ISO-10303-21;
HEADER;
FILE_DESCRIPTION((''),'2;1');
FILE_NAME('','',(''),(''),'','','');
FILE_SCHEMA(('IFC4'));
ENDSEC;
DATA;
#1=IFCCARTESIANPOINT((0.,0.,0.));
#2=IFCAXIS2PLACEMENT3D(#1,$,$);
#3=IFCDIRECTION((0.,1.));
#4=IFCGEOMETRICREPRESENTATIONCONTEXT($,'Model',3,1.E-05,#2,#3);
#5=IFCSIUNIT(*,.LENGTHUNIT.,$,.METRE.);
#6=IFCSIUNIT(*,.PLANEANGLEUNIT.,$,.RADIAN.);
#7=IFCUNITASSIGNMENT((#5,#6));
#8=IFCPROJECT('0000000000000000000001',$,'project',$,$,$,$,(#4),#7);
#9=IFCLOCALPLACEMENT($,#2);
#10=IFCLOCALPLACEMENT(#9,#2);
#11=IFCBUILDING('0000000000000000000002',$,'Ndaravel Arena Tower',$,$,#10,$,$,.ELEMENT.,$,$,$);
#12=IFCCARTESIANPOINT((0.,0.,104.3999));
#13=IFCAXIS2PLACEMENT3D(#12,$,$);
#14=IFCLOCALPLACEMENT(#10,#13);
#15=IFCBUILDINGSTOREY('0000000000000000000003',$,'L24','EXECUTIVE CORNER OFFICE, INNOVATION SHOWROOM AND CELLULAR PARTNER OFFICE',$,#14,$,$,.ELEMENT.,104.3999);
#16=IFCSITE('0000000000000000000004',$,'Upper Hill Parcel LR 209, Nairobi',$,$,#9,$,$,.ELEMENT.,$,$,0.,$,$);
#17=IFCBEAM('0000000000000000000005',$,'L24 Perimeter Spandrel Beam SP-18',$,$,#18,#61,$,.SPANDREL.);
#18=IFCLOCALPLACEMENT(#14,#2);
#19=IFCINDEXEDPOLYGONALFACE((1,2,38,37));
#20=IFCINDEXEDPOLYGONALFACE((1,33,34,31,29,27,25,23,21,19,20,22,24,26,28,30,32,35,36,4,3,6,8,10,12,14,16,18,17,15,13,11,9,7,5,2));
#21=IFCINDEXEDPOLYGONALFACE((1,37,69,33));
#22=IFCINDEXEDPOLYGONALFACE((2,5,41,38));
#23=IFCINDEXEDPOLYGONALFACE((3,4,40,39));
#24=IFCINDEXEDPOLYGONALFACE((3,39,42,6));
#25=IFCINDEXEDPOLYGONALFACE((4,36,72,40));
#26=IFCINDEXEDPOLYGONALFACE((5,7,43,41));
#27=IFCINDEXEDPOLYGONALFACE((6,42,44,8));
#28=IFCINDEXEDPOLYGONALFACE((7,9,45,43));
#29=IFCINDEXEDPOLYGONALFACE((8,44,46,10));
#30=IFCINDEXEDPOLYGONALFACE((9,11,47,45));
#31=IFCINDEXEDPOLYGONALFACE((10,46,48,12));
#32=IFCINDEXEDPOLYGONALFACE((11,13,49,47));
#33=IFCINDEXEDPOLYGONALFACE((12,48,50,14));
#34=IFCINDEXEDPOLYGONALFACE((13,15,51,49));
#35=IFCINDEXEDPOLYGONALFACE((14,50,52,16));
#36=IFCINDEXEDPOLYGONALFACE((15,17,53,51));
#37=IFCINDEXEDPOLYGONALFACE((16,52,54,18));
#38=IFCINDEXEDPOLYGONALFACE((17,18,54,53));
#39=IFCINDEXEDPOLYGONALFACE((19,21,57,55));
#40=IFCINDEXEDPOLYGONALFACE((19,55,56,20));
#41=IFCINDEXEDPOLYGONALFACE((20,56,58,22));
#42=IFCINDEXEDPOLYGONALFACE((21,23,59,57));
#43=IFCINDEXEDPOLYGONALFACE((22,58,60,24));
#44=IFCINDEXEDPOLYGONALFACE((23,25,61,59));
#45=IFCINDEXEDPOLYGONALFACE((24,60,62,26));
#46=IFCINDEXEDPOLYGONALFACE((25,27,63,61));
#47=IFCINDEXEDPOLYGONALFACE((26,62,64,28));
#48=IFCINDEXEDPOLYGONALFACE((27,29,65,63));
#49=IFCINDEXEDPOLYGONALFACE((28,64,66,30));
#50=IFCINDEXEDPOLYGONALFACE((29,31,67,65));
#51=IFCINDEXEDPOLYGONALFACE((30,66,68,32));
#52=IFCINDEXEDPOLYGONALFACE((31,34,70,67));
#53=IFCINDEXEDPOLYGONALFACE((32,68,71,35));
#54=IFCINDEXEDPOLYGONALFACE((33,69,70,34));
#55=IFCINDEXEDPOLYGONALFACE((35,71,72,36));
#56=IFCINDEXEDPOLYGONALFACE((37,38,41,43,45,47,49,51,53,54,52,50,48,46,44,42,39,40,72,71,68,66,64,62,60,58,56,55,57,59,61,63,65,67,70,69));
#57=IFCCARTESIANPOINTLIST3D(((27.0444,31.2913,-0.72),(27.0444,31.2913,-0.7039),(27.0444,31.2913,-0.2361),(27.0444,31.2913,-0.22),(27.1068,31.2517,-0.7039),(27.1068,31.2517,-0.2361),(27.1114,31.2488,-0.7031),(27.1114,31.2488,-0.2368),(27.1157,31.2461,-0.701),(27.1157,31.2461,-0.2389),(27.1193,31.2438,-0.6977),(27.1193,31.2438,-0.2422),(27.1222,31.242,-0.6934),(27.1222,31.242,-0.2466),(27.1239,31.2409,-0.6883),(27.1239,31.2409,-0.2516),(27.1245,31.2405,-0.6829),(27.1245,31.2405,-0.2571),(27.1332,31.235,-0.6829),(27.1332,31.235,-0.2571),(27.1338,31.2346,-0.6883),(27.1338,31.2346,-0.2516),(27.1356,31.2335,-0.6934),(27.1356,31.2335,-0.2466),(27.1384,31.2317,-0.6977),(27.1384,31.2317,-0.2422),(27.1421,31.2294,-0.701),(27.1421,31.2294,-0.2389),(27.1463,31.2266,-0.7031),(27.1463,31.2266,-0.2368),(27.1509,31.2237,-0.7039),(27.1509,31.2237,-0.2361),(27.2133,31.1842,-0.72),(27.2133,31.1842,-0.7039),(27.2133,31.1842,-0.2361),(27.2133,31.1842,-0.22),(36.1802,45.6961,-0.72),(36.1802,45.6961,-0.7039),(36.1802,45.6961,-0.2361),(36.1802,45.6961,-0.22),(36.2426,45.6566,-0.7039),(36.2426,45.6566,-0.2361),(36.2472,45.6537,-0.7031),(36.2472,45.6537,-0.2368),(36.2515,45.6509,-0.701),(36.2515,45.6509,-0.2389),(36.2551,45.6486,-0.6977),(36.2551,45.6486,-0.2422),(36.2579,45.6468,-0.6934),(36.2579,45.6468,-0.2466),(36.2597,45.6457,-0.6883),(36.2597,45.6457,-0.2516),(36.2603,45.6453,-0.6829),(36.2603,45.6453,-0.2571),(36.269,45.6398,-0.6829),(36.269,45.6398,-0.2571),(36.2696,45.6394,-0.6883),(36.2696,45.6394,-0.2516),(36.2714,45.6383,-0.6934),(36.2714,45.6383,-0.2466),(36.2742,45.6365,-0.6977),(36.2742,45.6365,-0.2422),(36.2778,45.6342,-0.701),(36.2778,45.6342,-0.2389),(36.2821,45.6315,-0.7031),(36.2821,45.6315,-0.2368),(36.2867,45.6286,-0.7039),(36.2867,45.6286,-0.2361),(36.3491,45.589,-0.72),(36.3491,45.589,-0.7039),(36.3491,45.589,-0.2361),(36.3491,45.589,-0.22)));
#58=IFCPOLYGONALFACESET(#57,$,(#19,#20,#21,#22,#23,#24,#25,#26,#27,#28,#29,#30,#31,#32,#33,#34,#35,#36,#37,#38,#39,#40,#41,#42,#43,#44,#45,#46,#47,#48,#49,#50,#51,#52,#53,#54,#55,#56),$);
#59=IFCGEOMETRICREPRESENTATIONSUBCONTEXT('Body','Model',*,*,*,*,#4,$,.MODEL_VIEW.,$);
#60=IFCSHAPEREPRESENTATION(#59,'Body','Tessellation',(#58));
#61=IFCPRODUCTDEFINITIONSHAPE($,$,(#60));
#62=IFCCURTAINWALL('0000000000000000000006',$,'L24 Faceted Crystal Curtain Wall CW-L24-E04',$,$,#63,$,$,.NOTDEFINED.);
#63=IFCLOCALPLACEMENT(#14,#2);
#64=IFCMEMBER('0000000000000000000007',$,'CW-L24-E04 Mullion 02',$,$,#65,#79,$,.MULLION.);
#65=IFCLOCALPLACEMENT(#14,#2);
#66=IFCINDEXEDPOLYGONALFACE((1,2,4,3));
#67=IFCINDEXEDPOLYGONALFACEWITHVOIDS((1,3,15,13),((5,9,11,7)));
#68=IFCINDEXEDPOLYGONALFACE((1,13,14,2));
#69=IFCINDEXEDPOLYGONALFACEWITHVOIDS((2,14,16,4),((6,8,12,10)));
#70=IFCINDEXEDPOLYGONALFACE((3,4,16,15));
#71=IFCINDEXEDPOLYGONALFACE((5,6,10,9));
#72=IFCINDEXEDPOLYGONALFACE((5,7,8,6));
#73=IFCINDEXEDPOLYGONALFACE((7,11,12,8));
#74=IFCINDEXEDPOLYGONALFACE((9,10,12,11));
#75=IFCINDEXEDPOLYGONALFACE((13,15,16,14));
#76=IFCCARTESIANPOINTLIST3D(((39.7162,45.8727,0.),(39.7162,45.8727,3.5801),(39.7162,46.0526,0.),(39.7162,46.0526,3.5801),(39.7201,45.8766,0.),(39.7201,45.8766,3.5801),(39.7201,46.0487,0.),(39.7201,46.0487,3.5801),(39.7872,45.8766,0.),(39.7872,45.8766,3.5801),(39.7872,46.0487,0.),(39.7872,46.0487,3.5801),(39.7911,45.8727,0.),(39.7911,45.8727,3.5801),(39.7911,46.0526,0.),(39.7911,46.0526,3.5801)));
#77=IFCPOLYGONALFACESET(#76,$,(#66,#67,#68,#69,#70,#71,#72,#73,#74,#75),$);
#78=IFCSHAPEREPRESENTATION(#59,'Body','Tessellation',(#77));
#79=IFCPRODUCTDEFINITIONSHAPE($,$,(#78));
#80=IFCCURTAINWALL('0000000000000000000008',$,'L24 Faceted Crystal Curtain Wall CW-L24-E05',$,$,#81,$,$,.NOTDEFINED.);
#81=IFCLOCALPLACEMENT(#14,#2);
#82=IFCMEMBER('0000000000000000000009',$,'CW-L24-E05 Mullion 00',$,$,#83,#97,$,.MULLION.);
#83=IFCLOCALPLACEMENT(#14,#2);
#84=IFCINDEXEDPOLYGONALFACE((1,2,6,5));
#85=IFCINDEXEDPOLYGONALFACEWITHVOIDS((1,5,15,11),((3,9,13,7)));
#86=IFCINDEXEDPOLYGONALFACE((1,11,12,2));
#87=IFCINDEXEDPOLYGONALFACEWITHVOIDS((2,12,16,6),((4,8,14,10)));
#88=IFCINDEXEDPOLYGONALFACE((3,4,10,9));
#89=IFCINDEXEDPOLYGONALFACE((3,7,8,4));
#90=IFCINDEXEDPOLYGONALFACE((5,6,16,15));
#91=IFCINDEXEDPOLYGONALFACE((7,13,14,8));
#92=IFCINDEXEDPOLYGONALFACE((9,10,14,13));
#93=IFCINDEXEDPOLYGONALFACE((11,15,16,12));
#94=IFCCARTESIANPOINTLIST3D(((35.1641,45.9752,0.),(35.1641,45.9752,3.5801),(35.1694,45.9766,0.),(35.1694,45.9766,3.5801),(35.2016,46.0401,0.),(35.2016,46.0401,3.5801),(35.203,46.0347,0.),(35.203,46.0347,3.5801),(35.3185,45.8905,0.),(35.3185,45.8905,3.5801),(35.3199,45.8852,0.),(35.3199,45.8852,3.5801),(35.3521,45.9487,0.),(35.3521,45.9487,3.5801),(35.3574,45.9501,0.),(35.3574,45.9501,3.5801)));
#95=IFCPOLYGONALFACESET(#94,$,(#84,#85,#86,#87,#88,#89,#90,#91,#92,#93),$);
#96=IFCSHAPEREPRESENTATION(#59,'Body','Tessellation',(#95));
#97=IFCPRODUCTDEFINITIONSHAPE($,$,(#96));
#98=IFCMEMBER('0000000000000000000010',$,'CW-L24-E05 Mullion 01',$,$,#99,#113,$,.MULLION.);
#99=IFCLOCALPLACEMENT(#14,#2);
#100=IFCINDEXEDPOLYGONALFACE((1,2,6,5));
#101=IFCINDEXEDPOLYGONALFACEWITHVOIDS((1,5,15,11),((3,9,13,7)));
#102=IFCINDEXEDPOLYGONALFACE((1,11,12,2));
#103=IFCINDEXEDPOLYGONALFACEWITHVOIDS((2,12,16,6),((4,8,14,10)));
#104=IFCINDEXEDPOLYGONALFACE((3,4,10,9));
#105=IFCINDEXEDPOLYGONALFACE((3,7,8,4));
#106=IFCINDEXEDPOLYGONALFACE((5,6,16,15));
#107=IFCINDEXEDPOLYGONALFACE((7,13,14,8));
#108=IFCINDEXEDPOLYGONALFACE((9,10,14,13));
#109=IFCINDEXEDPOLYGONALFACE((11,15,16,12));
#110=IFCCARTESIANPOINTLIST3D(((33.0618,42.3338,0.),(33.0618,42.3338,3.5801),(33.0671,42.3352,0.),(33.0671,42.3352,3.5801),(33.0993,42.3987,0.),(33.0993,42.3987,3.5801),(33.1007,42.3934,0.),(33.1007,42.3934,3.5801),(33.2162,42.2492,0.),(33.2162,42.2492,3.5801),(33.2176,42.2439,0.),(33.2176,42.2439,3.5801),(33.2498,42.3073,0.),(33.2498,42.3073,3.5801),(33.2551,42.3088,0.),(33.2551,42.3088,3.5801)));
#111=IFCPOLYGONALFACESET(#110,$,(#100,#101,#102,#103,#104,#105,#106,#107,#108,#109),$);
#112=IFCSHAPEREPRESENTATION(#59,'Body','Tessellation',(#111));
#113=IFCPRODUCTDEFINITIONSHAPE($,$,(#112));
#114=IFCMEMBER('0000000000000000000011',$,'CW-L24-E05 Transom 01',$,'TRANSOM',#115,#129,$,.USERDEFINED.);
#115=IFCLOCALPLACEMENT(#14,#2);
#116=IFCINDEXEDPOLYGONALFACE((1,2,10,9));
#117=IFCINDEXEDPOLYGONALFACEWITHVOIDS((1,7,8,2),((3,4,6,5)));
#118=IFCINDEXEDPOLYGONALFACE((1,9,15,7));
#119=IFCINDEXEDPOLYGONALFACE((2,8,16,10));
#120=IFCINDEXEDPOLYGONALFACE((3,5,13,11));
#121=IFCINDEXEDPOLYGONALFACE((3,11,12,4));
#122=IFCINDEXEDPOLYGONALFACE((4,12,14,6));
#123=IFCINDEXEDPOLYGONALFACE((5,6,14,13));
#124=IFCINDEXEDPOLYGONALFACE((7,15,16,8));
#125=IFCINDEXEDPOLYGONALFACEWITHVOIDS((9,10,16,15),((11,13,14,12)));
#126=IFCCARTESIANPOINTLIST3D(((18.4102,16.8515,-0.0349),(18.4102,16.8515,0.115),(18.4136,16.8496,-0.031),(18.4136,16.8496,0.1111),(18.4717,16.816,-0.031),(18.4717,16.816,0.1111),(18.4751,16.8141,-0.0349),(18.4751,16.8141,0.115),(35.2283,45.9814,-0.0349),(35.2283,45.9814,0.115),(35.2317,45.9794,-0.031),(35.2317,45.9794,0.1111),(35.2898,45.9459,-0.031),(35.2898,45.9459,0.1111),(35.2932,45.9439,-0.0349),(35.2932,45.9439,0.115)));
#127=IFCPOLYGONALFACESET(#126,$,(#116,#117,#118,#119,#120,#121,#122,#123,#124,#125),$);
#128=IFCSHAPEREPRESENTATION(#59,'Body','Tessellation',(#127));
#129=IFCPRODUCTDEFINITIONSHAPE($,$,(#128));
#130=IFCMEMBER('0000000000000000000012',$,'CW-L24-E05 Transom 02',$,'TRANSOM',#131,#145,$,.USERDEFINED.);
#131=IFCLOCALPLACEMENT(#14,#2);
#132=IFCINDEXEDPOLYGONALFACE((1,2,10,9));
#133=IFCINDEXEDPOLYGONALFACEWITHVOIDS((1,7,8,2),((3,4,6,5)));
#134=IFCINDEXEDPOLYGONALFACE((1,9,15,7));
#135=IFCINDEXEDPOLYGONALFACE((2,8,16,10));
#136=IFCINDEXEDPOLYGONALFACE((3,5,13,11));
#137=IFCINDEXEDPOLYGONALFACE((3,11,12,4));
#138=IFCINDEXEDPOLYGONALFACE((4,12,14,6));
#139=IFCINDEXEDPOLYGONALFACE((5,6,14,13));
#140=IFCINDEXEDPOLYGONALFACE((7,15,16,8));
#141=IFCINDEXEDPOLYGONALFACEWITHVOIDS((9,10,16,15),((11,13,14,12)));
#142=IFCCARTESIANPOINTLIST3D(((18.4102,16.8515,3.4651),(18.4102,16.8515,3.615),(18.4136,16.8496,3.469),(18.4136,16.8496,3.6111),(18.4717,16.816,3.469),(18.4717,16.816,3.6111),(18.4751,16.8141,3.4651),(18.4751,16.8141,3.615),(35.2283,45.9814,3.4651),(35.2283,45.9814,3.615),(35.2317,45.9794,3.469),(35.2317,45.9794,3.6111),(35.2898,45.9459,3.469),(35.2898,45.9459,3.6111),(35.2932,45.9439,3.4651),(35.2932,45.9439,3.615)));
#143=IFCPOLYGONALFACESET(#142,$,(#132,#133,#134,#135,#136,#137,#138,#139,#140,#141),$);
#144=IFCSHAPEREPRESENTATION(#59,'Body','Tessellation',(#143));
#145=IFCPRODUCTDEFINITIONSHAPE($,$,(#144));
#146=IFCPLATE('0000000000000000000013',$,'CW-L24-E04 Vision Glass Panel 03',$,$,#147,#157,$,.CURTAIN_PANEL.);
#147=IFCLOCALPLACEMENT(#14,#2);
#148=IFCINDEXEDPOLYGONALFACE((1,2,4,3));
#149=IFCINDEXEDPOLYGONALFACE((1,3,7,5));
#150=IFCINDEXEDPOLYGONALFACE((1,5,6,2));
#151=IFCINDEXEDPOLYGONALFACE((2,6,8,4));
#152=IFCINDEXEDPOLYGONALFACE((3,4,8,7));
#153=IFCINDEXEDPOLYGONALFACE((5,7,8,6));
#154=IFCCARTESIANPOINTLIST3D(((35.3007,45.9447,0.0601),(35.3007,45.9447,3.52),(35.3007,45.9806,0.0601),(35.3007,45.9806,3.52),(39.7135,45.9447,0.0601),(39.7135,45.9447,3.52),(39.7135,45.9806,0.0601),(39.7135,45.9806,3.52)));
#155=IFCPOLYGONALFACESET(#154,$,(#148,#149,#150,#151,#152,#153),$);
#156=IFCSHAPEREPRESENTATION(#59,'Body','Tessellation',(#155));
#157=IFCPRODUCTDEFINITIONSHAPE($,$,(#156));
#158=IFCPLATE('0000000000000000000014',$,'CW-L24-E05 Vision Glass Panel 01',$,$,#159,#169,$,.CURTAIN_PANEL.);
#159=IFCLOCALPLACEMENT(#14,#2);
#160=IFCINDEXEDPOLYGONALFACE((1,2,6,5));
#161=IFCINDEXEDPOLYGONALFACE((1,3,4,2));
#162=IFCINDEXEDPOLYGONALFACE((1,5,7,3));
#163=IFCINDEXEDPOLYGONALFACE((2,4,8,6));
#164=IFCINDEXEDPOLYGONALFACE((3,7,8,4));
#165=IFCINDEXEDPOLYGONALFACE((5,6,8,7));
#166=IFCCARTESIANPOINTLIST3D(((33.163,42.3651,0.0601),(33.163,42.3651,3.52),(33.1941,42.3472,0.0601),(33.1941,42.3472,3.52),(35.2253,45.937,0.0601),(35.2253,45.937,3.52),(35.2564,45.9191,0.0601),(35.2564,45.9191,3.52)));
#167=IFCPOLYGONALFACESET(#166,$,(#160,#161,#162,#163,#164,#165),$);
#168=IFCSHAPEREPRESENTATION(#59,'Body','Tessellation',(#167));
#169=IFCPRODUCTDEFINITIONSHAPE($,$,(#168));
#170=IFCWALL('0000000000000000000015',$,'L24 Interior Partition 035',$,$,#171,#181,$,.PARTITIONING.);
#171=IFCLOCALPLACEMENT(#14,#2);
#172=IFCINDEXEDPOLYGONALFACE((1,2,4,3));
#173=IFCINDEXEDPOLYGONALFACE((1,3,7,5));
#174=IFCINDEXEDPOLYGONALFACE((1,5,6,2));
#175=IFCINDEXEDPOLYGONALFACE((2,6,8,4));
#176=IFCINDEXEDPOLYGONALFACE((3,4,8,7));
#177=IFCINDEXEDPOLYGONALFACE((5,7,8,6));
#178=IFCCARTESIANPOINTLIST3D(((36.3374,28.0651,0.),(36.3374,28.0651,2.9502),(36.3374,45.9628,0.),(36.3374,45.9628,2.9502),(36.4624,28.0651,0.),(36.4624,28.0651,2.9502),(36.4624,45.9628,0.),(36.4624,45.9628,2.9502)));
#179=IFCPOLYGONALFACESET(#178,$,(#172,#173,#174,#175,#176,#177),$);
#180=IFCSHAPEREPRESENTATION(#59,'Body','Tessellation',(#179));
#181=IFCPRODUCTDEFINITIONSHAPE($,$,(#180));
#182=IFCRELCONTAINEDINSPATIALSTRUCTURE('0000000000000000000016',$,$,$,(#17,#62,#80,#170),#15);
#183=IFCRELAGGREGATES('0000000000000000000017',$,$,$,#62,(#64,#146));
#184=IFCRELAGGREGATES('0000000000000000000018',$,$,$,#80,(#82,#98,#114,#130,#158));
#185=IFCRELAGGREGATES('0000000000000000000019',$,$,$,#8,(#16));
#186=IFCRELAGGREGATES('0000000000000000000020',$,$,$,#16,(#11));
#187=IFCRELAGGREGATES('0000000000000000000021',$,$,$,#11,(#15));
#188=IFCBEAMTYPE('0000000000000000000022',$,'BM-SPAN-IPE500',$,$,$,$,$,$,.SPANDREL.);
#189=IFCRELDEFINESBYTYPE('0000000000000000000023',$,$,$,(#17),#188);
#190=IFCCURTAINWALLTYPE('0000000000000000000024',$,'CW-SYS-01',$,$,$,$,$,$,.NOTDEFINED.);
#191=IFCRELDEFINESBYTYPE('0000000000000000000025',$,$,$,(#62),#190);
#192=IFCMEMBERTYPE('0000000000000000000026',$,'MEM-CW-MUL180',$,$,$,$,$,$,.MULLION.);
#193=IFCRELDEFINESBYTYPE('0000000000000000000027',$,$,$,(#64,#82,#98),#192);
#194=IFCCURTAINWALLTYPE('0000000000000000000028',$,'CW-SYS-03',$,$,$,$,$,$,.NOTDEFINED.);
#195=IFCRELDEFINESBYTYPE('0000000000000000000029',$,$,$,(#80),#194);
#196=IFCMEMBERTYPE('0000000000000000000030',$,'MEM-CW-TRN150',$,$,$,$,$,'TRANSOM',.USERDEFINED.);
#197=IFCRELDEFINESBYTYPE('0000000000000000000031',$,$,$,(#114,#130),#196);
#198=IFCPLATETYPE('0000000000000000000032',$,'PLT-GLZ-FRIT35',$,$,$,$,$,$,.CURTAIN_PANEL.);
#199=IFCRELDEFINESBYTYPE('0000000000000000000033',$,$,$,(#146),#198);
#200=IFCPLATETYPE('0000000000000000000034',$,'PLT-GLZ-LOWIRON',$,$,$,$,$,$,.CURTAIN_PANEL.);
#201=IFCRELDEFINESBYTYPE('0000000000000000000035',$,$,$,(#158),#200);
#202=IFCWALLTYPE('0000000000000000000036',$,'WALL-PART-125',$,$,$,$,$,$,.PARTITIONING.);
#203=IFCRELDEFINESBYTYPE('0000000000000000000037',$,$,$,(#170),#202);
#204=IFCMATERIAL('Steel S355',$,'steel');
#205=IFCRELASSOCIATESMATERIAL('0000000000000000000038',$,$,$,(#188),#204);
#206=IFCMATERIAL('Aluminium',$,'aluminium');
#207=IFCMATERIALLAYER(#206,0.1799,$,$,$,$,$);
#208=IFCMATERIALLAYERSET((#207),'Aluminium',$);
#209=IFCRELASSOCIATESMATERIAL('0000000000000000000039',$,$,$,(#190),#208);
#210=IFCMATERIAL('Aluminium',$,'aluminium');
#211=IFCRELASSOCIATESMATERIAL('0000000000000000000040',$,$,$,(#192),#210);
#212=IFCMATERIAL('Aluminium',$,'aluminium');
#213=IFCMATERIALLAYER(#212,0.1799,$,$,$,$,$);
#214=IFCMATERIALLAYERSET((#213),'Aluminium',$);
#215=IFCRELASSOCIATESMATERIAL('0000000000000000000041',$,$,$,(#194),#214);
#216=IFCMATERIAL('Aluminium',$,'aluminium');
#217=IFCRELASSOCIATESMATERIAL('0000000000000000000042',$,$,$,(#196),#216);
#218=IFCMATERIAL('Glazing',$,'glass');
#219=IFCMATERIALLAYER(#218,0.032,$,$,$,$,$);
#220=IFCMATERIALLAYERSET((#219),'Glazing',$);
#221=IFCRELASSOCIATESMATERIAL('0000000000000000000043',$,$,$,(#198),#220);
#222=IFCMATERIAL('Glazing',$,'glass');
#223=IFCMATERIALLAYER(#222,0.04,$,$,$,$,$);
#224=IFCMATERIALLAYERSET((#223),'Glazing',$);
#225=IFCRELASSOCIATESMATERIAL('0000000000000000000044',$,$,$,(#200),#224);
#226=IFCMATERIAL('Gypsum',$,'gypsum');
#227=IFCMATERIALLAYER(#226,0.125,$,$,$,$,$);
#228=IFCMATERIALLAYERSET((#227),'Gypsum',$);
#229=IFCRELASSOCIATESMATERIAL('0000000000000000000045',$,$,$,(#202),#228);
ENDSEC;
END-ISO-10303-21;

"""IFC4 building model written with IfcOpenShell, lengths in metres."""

from ifc_helpers import new_model, si_unit, direction, frame, frame_2d, origin, origin_2d, place, context, subcontext, project, spatial, rectangle, hollow_rectangle, i_section, extrude, material, layer, layer_set, material_profile, profile_set, type_object, element, aggregate, save


model = new_model("IFC4")

# Units and contexts
model_context = context("Model", 3, precision=1e-05, world=origin(), true_north=direction((0.0, 1.0)))
body_context = subcontext(model_context, "Body", "Model", "MODEL_VIEW")
ifc_project = project(units=[si_unit("LENGTHUNIT", "METRE"), si_unit("PLANEANGLEUNIT", "RADIAN")], contexts=[model_context])

# Site, building, storey
site_placement = place(None, origin())
site = spatial("IfcSite", under=ifc_project, at=site_placement, Name="Upper Hill Parcel LR 209, Nairobi", CompositionType="ELEMENT", RefElevation=0.0)
building_placement = place(site_placement, origin())
building = spatial("IfcBuilding", under=site, at=building_placement, Name="Ndaravel Arena Tower", CompositionType="ELEMENT")
storey_placement = place(building_placement, frame((0.0, 0.0, 104.3999)))
storey = spatial("IfcBuildingStorey", under=building, at=storey_placement, Name="L24", Description="EXECUTIVE CORNER OFFICE, INNOVATION SHOWROOM AND CELLULAR PARTNER OFFICE", CompositionType="ELEMENT", Elevation=104.3999)

# Beam
ifc_material_1 = material(Name="Steel S355", Category="steel")
ifc_material_profile_1 = material_profile(ifc_material_1, i_section(OverallWidth=0.2, OverallDepth=0.5, WebThickness=0.0103, FlangeThickness=0.0161, FilletRadius=0.021, at=origin_2d()), Name="IPE 500")
ifc_profile_set_1 = profile_set([ifc_material_profile_1], Name="Steel S355")
beam_type_1 = type_object("IfcBeamType", Name="BM-SPAN-IPE500", PredefinedType="SPANDREL", material=ifc_profile_set_1)
beam_1_placement = place(storey_placement, frame((36.2646, 45.6426, -0.47), z_axis=(-0.535584, -0.844482, 0.0), x_axis=(0.844482, -0.535584, 0.0)))
element("IfcBeam", 1, at=beam_1_placement, inside=storey, type_object=beam_type_1, Name="L24 Perimeter Spandrel Beam SP-18", PredefinedType="SPANDREL", context=body_context, shape_type="SweptSolid", body=[
    extrude(i_section(OverallWidth=0.2, OverallDepth=0.5, WebThickness=0.0103, FlangeThickness=0.0161, FilletRadius=0.021, at=origin_2d()), origin(), (0.0, 0.0, 1.0), 17.0576),
])

# Curtain wall, member
ifc_material_2 = material(Name="Aluminium", Category="aluminium")
ifc_layer_1 = layer(ifc_material_2, 0.1799)
ifc_layer_set_1 = layer_set([ifc_layer_1], Name="Aluminium")
curtain_wall_type_1 = type_object("IfcCurtainWallType", Name="CW-SYS-01", PredefinedType="NOTDEFINED", material=ifc_layer_set_1)
curtain_wall_1_placement = place(storey_placement, origin())
curtain_wall_1 = element("IfcCurtainWall", 2, at=curtain_wall_1_placement, inside=storey, type_object=curtain_wall_type_1, Name="L24 Faceted Crystal Curtain Wall CW-L24-E04", PredefinedType="NOTDEFINED")
ifc_material_3 = material(Name="Aluminium", Category="aluminium")
ifc_material_profile_2 = material_profile(ifc_material_3, hollow_rectangle(XDim=0.075, YDim=0.1799, WallThickness=0.0039, at=origin_2d()), Name="CW MULLION 75x180x4")
ifc_profile_set_2 = profile_set([ifc_material_profile_2], Name="Aluminium")
member_type_1 = type_object("IfcMemberType", Name="MEM-CW-MUL180", PredefinedType="MULLION", material=ifc_profile_set_2)
member_1_placement = place(storey_placement, frame((39.7537, 45.9626, 0.0), z_axis=(0.0, 0.0, 1.0), x_axis=(-1.0, 0.0, 0.0)))
member_1 = element("IfcMember", 3, at=member_1_placement, type_object=member_type_1, Name="CW-L24-E04 Mullion 02", PredefinedType="MULLION", context=body_context, shape_type="SweptSolid", body=[
    extrude(hollow_rectangle(XDim=0.075, YDim=0.1799, WallThickness=0.0039, at=origin_2d()), origin(), (0.0, 0.0, 1.0), 3.5801),
])

# Curtain wall, members
ifc_material_4 = material(Name="Aluminium", Category="aluminium")
ifc_layer_2 = layer(ifc_material_4, 0.1799)
ifc_layer_set_2 = layer_set([ifc_layer_2], Name="Aluminium")
curtain_wall_type_2 = type_object("IfcCurtainWallType", Name="CW-SYS-03", PredefinedType="NOTDEFINED", material=ifc_layer_set_2)
curtain_wall_2_placement = place(storey_placement, origin())
curtain_wall_2 = element("IfcCurtainWall", 4, at=curtain_wall_2_placement, inside=storey, type_object=curtain_wall_type_2, Name="L24 Faceted Crystal Curtain Wall CW-L24-E05", PredefinedType="NOTDEFINED")
member_2_placement = place(storey_placement, frame((35.2607, 45.9626, 0.0), z_axis=(0.0, 0.0, 1.0), x_axis=(-0.5, -0.866025, 0.0)))
member_2 = element("IfcMember", 5, at=member_2_placement, type_object=member_type_1, Name="CW-L24-E05 Mullion 00", PredefinedType="MULLION", context=body_context, shape_type="SweptSolid", body=[
    extrude(hollow_rectangle(XDim=0.075, YDim=0.1799, WallThickness=0.0039, at=origin_2d()), origin(), (0.0, 0.0, 1.0), 3.5801),
])
member_3_placement = place(storey_placement, frame((33.1584, 42.3213, 0.0), z_axis=(0.0, 0.0, 1.0), x_axis=(-0.5, -0.866025, 0.0)))
member_3 = element("IfcMember", 6, at=member_3_placement, type_object=member_type_1, Name="CW-L24-E05 Mullion 01", PredefinedType="MULLION", context=body_context, shape_type="SweptSolid", body=[
    extrude(hollow_rectangle(XDim=0.075, YDim=0.1799, WallThickness=0.0039, at=origin_2d()), origin(), (0.0, 0.0, 1.0), 3.5801),
])
ifc_material_5 = material(Name="Aluminium", Category="aluminium")
ifc_material_profile_3 = material_profile(ifc_material_5, hollow_rectangle(XDim=0.075, YDim=0.1499, WallThickness=0.0039, at=origin_2d()), Name="CW TRANSOM 75x150x4")
ifc_profile_set_3 = profile_set([ifc_material_profile_3], Name="Aluminium")
member_type_2 = type_object("IfcMemberType", Name="MEM-CW-TRN150", ElementType="TRANSOM", PredefinedType="USERDEFINED", material=ifc_profile_set_3)
member_4_placement = place(storey_placement, frame((35.2607, 45.9626, 0.04), z_axis=(-0.499999, -0.866026, 0.0), x_axis=(0.866026, -0.499999, 0.0)))
member_4 = element("IfcMember", 7, at=member_4_placement, type_object=member_type_2, Name="CW-L24-E05 Transom 01", ObjectType="TRANSOM", PredefinedType="USERDEFINED", context=body_context, shape_type="SweptSolid", body=[
    extrude(hollow_rectangle(XDim=0.075, YDim=0.1499, WallThickness=0.0039, at=origin_2d()), origin(), (0.0, 0.0, 1.0), 33.6362),
])
member_5_placement = place(storey_placement, frame((35.2607, 45.9626, 3.54), z_axis=(-0.499999, -0.866026, 0.0), x_axis=(0.866026, -0.499999, 0.0)))
member_5 = element("IfcMember", 8, at=member_5_placement, type_object=member_type_2, Name="CW-L24-E05 Transom 02", ObjectType="TRANSOM", PredefinedType="USERDEFINED", context=body_context, shape_type="SweptSolid", body=[
    extrude(hollow_rectangle(XDim=0.075, YDim=0.1499, WallThickness=0.0039, at=origin_2d()), origin(), (0.0, 0.0, 1.0), 33.6362),
])

# Plates
ifc_material_6 = material(Name="Glazing", Category="glass")
ifc_layer_3 = layer(ifc_material_6, 0.032)
ifc_layer_set_3 = layer_set([ifc_layer_3], Name="Glazing")
plate_type_1 = type_object("IfcPlateType", Name="PLT-GLZ-FRIT35", PredefinedType="CURTAIN_PANEL", material=ifc_layer_set_3)
plate_1_placement = place(storey_placement, frame((37.5071, 45.9626, 0.0601), z_axis=(0.0, 0.0, 1.0), x_axis=(-1.0, 0.0, 0.0)))
plate_1 = element("IfcPlate", 9, at=plate_1_placement, type_object=plate_type_1, Name="CW-L24-E04 Vision Glass Panel 03", PredefinedType="CURTAIN_PANEL", context=body_context, shape_type="SweptSolid", body=[
    extrude(rectangle(XDim=4.4128, YDim=0.0359, at=origin_2d()), origin(), (0.0, 0.0, 1.0), 3.46),
])
aggregate(curtain_wall_1, [member_1, plate_1])
ifc_material_7 = material(Name="Glazing", Category="glass")
ifc_layer_4 = layer(ifc_material_7, 0.04)
ifc_layer_set_4 = layer_set([ifc_layer_4], Name="Glazing")
plate_type_2 = type_object("IfcPlateType", Name="PLT-GLZ-LOWIRON", PredefinedType="CURTAIN_PANEL", material=ifc_layer_set_4)
plate_2_placement = place(storey_placement, frame((34.2097, 44.1421, 0.0601), z_axis=(0.0, 0.0, 1.0), x_axis=(-0.5, -0.866025, 0.0)))
plate_2 = element("IfcPlate", 10, at=plate_2_placement, type_object=plate_type_2, Name="CW-L24-E05 Vision Glass Panel 01", PredefinedType="CURTAIN_PANEL", context=body_context, shape_type="SweptSolid", body=[
    extrude(rectangle(XDim=4.1245, YDim=0.0359, at=origin_2d()), origin(), (0.0, 0.0, 1.0), 3.46),
])
aggregate(curtain_wall_2, [member_2, member_3, member_4, member_5, plate_2])

# Wall
ifc_material_8 = material(Name="Gypsum", Category="gypsum")
ifc_layer_5 = layer(ifc_material_8, 0.125)
ifc_layer_set_5 = layer_set([ifc_layer_5], Name="Gypsum")
wall_type = type_object("IfcWallType", Name="WALL-PART-125", PredefinedType="PARTITIONING", material=ifc_layer_set_5)
wall_placement = place(storey_placement, frame((36.3999, 45.9626, 0.0), z_axis=(0.0, 0.0, 1.0), x_axis=(0.0, -1.0, 0.0)))
element("IfcWall", 11, at=wall_placement, inside=storey, type_object=wall_type, Name="L24 Interior Partition 035", PredefinedType="PARTITIONING", context=body_context, shape_type="SweptSolid", body=[
    extrude(rectangle(XDim=17.8977, YDim=0.125, at=frame_2d((8.9487, 0.0))), origin(), (0.0, 0.0, 1.0), 2.9502),
])

save(model, "model.ifc")
